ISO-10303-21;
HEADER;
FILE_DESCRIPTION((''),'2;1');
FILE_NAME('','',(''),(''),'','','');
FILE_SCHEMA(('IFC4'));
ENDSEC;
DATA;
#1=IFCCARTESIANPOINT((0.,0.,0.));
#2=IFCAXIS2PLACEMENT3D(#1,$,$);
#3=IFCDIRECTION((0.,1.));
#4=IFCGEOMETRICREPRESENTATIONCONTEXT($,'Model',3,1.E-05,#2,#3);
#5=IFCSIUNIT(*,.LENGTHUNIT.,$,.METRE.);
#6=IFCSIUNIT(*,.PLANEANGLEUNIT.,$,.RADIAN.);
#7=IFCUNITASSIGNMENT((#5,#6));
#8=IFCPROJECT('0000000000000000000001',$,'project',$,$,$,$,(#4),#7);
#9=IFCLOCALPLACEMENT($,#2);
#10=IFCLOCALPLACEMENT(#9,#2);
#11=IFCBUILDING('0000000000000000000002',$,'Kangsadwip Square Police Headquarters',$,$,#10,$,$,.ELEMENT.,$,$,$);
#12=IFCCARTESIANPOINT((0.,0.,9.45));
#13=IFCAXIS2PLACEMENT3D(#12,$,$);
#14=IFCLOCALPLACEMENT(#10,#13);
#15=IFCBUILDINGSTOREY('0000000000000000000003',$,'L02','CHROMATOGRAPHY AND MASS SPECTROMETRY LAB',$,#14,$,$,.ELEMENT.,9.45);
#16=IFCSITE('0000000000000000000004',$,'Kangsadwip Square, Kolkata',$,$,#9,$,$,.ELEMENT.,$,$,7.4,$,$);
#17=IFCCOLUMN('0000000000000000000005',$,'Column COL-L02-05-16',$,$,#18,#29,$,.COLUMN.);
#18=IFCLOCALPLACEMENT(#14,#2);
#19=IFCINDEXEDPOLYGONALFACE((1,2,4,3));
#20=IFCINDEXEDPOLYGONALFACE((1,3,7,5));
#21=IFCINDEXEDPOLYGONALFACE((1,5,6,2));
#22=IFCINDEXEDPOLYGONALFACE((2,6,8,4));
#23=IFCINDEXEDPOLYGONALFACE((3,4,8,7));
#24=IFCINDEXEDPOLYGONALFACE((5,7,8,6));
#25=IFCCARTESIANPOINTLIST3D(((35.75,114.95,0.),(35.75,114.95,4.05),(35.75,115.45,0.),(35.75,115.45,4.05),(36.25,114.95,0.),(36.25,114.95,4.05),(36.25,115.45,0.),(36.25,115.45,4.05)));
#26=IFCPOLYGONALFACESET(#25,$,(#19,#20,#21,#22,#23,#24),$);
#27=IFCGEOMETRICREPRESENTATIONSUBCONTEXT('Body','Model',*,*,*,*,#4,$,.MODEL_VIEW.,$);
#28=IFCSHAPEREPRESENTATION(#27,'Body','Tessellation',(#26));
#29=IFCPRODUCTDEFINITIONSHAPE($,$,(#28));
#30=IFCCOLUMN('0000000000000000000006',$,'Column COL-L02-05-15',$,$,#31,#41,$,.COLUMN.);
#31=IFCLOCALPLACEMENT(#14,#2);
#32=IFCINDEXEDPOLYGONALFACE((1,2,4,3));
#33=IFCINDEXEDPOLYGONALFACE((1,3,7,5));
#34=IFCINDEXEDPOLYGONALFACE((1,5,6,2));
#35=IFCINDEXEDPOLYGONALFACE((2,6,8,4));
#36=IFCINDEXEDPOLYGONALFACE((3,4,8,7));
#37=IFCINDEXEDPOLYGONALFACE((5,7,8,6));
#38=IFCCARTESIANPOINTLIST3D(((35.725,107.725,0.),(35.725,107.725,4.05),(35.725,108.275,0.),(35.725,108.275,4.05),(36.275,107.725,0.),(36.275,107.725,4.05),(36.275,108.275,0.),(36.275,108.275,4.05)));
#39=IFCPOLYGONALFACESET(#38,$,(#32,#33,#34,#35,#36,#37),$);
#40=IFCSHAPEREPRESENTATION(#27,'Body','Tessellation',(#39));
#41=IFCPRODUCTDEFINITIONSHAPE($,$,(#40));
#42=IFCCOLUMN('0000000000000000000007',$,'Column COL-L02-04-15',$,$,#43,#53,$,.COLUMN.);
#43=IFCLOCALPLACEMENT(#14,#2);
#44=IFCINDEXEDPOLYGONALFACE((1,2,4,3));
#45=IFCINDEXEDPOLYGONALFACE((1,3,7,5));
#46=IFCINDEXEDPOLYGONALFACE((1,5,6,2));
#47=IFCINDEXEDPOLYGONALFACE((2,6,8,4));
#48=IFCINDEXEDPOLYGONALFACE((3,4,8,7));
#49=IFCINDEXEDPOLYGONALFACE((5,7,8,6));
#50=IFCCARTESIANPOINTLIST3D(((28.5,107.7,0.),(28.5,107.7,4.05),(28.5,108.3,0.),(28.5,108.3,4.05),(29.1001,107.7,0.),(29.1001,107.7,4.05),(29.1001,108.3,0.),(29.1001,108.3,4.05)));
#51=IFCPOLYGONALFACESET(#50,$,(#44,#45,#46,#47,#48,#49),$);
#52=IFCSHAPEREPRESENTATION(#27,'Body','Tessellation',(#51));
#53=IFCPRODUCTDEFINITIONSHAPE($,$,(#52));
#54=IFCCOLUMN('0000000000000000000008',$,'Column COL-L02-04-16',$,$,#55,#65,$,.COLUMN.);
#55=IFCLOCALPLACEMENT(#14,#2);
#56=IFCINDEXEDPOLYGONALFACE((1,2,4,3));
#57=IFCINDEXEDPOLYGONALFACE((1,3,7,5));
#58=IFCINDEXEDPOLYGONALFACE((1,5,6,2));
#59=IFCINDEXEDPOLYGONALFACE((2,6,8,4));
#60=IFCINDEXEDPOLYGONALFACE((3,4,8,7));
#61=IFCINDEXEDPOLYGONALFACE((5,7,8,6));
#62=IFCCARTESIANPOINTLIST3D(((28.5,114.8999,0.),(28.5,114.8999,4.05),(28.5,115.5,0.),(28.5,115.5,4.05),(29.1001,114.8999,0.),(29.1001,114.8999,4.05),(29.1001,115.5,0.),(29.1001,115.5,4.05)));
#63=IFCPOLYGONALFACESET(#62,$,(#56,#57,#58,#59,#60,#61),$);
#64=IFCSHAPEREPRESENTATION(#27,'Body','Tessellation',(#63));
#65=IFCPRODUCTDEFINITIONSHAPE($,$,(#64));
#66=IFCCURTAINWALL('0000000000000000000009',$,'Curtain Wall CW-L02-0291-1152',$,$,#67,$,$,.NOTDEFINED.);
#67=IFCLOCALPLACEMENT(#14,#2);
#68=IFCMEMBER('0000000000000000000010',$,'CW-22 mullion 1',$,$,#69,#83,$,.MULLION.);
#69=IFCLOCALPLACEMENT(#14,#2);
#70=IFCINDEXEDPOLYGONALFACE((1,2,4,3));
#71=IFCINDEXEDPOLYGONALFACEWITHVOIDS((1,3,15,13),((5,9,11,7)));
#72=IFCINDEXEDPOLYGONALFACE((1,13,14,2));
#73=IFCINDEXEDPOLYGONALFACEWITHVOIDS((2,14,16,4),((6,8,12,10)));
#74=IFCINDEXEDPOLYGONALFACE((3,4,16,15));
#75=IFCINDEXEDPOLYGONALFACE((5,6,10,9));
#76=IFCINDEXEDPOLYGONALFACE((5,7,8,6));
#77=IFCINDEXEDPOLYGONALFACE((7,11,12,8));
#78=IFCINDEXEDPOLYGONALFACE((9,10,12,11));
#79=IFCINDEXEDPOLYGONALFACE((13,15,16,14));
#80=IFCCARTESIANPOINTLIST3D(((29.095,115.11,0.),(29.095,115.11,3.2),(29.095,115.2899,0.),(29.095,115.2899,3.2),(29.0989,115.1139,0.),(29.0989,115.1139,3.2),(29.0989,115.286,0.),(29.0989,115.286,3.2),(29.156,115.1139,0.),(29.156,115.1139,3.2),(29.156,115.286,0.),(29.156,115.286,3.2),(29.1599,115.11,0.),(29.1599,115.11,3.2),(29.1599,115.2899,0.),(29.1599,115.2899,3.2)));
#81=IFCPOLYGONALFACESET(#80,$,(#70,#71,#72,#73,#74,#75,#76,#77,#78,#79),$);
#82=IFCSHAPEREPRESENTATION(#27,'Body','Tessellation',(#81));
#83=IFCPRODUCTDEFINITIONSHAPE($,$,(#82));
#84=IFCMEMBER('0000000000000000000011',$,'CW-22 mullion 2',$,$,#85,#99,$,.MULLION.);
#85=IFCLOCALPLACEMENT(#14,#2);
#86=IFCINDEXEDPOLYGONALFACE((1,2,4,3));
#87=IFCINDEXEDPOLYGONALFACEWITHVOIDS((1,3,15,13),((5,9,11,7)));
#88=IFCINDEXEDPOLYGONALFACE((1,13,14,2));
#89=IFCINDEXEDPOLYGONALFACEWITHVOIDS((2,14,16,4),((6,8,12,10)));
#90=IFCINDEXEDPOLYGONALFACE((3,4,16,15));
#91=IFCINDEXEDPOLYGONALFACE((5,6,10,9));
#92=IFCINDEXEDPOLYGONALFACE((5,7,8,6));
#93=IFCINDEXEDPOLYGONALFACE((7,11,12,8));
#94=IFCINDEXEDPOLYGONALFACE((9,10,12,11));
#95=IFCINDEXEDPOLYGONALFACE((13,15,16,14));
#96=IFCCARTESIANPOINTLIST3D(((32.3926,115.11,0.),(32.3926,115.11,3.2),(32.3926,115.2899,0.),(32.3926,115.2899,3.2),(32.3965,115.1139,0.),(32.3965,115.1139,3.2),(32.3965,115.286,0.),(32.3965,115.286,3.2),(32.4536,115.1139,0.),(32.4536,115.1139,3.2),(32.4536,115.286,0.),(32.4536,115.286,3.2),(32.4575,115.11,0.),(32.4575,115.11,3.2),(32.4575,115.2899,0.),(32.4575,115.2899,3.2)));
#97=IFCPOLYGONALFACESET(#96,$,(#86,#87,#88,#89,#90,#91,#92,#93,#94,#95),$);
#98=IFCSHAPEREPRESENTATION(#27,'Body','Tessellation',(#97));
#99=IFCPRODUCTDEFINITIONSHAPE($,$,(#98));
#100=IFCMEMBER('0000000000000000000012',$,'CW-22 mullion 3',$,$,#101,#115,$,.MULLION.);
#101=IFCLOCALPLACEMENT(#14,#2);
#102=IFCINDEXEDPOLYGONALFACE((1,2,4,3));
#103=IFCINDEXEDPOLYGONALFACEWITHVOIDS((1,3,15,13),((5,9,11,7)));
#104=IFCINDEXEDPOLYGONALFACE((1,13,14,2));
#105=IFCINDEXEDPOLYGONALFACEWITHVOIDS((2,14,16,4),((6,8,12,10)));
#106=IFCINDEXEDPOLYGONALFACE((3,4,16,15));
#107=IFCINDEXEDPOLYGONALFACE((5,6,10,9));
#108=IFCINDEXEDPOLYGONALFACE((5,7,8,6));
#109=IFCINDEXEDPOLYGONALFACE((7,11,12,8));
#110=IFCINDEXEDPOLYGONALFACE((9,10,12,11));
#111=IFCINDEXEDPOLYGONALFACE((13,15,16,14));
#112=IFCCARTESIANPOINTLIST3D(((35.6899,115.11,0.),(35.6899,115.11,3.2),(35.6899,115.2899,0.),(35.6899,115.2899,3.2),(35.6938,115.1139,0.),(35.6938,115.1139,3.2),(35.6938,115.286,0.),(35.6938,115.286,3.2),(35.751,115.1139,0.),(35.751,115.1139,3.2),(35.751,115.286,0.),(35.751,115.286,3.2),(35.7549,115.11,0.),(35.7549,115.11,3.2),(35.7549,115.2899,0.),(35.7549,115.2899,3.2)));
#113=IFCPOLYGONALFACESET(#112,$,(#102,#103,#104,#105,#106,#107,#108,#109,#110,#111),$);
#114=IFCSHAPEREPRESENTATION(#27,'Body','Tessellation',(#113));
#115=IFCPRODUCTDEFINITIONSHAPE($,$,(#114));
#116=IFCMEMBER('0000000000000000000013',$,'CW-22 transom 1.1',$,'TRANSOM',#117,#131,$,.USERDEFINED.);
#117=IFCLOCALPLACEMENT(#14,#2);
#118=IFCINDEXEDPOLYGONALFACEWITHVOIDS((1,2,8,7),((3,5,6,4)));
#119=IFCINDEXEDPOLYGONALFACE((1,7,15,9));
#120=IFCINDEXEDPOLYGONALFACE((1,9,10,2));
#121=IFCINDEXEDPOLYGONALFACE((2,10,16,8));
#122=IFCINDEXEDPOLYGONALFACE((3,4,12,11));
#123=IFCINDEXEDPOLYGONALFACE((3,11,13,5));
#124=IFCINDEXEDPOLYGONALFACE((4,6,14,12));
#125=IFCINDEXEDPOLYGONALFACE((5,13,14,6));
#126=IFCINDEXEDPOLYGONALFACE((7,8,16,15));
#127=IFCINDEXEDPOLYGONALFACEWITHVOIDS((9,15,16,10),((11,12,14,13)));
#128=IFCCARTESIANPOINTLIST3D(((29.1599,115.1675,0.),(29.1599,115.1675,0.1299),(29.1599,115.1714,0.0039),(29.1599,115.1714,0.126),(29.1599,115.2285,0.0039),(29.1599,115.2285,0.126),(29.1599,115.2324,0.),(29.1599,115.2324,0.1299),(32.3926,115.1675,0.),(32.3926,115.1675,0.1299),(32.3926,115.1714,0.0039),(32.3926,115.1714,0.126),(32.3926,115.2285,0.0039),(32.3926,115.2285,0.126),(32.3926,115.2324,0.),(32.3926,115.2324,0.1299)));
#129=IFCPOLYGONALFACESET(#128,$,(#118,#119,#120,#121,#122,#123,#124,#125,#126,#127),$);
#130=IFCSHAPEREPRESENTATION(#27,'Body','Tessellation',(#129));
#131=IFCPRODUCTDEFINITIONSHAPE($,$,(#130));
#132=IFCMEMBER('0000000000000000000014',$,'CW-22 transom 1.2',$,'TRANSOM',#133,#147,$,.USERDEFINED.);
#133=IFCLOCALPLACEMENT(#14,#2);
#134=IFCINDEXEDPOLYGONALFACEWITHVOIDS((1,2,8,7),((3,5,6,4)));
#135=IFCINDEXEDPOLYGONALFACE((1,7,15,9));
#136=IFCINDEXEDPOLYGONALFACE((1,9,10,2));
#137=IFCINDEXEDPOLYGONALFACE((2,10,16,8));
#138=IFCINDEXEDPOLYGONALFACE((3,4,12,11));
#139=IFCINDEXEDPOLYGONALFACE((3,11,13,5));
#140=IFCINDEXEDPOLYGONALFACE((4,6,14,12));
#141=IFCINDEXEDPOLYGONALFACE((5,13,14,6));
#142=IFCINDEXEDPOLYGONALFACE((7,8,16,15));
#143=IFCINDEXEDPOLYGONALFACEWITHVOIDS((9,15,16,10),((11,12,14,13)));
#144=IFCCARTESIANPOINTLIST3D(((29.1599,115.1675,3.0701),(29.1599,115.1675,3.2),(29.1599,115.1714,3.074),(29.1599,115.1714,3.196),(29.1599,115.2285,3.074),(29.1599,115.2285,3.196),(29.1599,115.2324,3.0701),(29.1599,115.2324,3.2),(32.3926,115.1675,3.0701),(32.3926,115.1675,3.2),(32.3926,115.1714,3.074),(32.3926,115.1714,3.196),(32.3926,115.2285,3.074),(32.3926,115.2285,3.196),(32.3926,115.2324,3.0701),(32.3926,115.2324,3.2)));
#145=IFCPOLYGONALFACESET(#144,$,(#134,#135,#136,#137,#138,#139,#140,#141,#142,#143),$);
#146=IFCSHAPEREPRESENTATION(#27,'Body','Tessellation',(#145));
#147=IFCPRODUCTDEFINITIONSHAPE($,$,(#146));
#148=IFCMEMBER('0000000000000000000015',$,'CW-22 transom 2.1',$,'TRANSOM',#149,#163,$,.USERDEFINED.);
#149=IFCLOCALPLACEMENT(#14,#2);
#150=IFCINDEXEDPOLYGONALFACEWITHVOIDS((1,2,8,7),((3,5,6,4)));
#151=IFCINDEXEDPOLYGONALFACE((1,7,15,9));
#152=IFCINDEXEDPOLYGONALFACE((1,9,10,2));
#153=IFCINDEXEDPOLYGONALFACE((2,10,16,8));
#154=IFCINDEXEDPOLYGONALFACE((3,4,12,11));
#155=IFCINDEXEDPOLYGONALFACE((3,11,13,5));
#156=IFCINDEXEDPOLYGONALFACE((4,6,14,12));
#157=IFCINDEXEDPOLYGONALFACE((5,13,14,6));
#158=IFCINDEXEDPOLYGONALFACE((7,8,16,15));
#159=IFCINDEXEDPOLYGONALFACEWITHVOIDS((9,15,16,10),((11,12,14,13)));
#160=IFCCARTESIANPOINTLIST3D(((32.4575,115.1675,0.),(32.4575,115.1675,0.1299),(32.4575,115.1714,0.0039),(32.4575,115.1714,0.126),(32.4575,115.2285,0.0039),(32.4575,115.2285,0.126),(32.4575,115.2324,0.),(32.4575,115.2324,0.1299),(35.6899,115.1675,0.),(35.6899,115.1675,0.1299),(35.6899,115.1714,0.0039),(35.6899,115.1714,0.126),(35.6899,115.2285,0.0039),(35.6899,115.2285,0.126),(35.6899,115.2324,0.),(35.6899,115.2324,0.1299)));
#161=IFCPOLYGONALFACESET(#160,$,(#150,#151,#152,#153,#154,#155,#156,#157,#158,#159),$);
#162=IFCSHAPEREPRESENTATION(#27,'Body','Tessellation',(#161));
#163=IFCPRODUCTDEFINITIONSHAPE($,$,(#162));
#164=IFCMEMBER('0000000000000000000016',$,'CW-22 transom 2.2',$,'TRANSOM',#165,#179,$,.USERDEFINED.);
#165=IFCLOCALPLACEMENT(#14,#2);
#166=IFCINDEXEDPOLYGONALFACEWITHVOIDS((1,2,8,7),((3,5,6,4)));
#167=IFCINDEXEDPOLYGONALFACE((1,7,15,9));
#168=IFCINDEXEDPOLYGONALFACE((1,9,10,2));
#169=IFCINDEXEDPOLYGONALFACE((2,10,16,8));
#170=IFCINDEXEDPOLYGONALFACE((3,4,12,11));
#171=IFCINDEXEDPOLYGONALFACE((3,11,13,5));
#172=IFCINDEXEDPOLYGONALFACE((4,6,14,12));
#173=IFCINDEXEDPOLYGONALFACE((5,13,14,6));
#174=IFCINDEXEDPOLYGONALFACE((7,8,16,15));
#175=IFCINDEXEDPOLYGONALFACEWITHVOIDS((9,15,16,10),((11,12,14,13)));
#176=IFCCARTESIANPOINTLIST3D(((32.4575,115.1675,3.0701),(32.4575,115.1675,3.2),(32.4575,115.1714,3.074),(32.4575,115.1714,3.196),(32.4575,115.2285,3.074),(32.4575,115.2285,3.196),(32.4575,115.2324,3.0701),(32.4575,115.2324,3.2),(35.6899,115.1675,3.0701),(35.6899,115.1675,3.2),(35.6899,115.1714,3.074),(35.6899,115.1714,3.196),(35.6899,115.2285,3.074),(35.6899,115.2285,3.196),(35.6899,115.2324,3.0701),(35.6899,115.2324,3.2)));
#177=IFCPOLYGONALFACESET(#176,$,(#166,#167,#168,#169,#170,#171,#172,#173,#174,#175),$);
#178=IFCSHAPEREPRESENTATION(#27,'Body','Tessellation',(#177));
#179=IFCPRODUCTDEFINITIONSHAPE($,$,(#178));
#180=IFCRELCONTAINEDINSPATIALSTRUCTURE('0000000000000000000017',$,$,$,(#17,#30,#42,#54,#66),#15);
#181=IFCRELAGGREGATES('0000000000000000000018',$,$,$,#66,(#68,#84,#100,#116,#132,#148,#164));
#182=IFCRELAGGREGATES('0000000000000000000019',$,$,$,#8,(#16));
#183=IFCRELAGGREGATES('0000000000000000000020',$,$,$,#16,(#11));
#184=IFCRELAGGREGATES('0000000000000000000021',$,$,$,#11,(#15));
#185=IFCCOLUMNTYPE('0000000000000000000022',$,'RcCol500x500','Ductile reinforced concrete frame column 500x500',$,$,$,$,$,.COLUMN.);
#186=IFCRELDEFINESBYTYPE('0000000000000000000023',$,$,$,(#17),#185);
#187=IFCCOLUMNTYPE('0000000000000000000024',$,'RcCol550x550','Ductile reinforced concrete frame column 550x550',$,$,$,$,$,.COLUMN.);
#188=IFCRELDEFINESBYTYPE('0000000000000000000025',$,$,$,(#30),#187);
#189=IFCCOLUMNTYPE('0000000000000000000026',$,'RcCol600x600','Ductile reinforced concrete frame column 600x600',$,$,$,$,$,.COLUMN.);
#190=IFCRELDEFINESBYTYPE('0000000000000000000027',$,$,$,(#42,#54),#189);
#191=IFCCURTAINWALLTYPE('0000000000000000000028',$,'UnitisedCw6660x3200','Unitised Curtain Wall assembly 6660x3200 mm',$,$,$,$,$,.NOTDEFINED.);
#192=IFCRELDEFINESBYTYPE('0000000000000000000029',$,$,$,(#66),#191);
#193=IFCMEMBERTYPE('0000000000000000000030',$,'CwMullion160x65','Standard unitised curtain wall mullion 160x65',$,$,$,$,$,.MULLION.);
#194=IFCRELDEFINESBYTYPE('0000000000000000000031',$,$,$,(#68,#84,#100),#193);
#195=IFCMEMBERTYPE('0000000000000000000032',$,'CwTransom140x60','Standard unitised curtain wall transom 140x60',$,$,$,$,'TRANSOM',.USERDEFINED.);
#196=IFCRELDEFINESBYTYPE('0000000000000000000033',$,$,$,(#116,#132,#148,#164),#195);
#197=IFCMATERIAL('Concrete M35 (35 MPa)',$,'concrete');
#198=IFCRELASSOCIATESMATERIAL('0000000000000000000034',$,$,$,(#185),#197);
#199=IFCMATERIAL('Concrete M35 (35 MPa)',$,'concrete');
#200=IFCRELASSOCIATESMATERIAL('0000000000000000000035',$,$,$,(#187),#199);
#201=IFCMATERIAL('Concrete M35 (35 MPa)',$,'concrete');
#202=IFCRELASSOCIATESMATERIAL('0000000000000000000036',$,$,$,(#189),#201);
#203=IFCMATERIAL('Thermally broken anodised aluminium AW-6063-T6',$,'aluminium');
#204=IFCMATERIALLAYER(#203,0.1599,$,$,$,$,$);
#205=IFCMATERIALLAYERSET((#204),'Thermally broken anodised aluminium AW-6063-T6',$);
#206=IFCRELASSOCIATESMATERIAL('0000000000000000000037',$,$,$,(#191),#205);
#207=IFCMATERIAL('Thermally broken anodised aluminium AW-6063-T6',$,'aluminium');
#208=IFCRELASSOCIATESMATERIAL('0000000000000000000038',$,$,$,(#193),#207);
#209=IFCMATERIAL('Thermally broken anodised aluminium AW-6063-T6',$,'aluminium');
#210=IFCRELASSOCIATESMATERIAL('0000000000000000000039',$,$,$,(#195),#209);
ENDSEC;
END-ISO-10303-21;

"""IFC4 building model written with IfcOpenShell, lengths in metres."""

from ifc_helpers import new_model, si_unit, direction, frame, origin, origin_2d, place, context, subcontext, project, spatial, rectangle, hollow_rectangle, extrude, material, layer, layer_set, material_profile, profile_set, type_object, element, aggregate, save


model = new_model("IFC4")

# Units and contexts
model_context = context("Model", 3, precision=1e-05, world=origin(), true_north=direction((0.0, 1.0)))
body_context = subcontext(model_context, "Body", "Model", "MODEL_VIEW")
ifc_project = project(units=[si_unit("LENGTHUNIT", "METRE"), si_unit("PLANEANGLEUNIT", "RADIAN")], contexts=[model_context])

# Site, building, storey
site_placement = place(None, origin())
site = spatial("IfcSite", under=ifc_project, at=site_placement, Name="Kangsadwip Square, Kolkata", CompositionType="ELEMENT", RefElevation=7.4)
building_placement = place(site_placement, origin())
building = spatial("IfcBuilding", under=site, at=building_placement, Name="Kangsadwip Square Police Headquarters", CompositionType="ELEMENT")
storey_placement = place(building_placement, frame((0.0, 0.0, 9.45)))
storey = spatial("IfcBuildingStorey", under=building, at=storey_placement, Name="L02", Description="CHROMATOGRAPHY AND MASS SPECTROMETRY LAB", CompositionType="ELEMENT", Elevation=9.45)

# Columns
ifc_material_1 = material(Name="Concrete M35 (35 MPa)", Category="concrete")
ifc_material_profile_1 = material_profile(ifc_material_1, rectangle(XDim=0.5, YDim=0.5, at=origin_2d()), Name="RC COL 500X500")
ifc_profile_set_1 = profile_set([ifc_material_profile_1], Name="Concrete M35 (35 MPa)")
column_type_1 = type_object("IfcColumnType", Name="RcCol500x500", Description="Ductile reinforced concrete frame column 500x500", PredefinedType="COLUMN", material=ifc_profile_set_1)
column_1_placement = place(storey_placement, frame((36.0, 115.2, 0.0), z_axis=(0.0, 0.0, 1.0), x_axis=(1.0, 0.0, 0.0)))
element("IfcColumn", 1, at=column_1_placement, inside=storey, type_object=column_type_1, Name="Column COL-L02-05-16", PredefinedType="COLUMN", context=body_context, shape_type="SweptSolid", body=[
    extrude(rectangle(XDim=0.5, YDim=0.5, at=origin_2d()), origin(), (0.0, 0.0, 1.0), 4.05),
])
ifc_material_2 = material(Name="Concrete M35 (35 MPa)", Category="concrete")
ifc_material_profile_2 = material_profile(ifc_material_2, rectangle(XDim=0.55, YDim=0.55, at=origin_2d()), Name="RC COL 550X550")
ifc_profile_set_2 = profile_set([ifc_material_profile_2], Name="Concrete M35 (35 MPa)")
column_type_2 = type_object("IfcColumnType", Name="RcCol550x550", Description="Ductile reinforced concrete frame column 550x550", PredefinedType="COLUMN", material=ifc_profile_set_2)
column_2_placement = place(storey_placement, frame((36.0, 108.0, 0.0), z_axis=(0.0, 0.0, 1.0), x_axis=(1.0, 0.0, 0.0)))
element("IfcColumn", 2, at=column_2_placement, inside=storey, type_object=column_type_2, Name="Column COL-L02-05-15", PredefinedType="COLUMN", context=body_context, shape_type="SweptSolid", body=[
    extrude(rectangle(XDim=0.55, YDim=0.55, at=origin_2d()), origin(), (0.0, 0.0, 1.0), 4.05),
])
ifc_material_3 = material(Name="Concrete M35 (35 MPa)", Category="concrete")
ifc_material_profile_3 = material_profile(ifc_material_3, rectangle(XDim=0.6001, YDim=0.6001, at=origin_2d()), Name="RC COL 600X600")
ifc_profile_set_3 = profile_set([ifc_material_profile_3], Name="Concrete M35 (35 MPa)")
column_type_3 = type_object("IfcColumnType", Name="RcCol600x600", Description="Ductile reinforced concrete frame column 600x600", PredefinedType="COLUMN", material=ifc_profile_set_3)
for number, where, z_axis, x_axis, name in (
    (3, (28.8, 108.0, 0.0), (0.0, 0.0, 1.0), (1.0, 0.0, 0.0), "Column COL-L02-04-15"),
    (4, (28.8, 115.2, 0.0), (0.0, 0.0, 1.0), (1.0, 0.0, 0.0), "Column COL-L02-04-16"),
):
    element("IfcColumn", number, at=place(storey_placement, frame(where, z_axis=z_axis, x_axis=x_axis)), inside=storey, type_object=column_type_3, Name=name, PredefinedType="COLUMN", context=body_context, shape_type="SweptSolid", body=[
        extrude(rectangle(XDim=0.6001, YDim=0.6001, at=origin_2d()), origin(), (0.0, 0.0, 1.0), 4.05),
    ])

# Curtain wall, members
ifc_material_4 = material(Name="Thermally broken anodised aluminium AW-6063-T6", Category="aluminium")
ifc_layer_1 = layer(ifc_material_4, 0.1599)
ifc_layer_set_1 = layer_set([ifc_layer_1], Name="Thermally broken anodised aluminium AW-6063-T6")
curtain_wall_type = type_object("IfcCurtainWallType", Name="UnitisedCw6660x3200", Description="Unitised Curtain Wall assembly 6660x3200 mm", PredefinedType="NOTDEFINED", material=ifc_layer_set_1)
curtain_wall_placement = place(storey_placement, origin())
curtain_wall = element("IfcCurtainWall", 5, at=curtain_wall_placement, inside=storey, type_object=curtain_wall_type, Name="Curtain Wall CW-L02-0291-1152", PredefinedType="NOTDEFINED")
ifc_material_5 = material(Name="Thermally broken anodised aluminium AW-6063-T6", Category="aluminium")
ifc_material_profile_4 = material_profile(ifc_material_5, hollow_rectangle(XDim=0.0649, YDim=0.1799, WallThickness=0.0039, at=origin_2d()), Name="CWM 180X65X4")
ifc_profile_set_4 = profile_set([ifc_material_profile_4], Name="Thermally broken anodised aluminium AW-6063-T6")
member_type_1 = type_object("IfcMemberType", Name="CwMullion160x65", Description="Standard unitised curtain wall mullion 160x65", PredefinedType="MULLION", material=ifc_profile_set_4)
member_1_placement = place(storey_placement, frame((29.1274, 115.2, 0.0), z_axis=(0.0, 0.0, 1.0), x_axis=(1.0, 0.0, 0.0)))
member_1 = element("IfcMember", 6, at=member_1_placement, type_object=member_type_1, Name="CW-22 mullion 1", PredefinedType="MULLION", context=body_context, shape_type="SweptSolid", body=[
    extrude(hollow_rectangle(XDim=0.0649, YDim=0.1799, WallThickness=0.0039, at=origin_2d()), origin(), (0.0, 0.0, 1.0), 3.2),
])
member_2_placement = place(storey_placement, frame((32.425, 115.2, 0.0), z_axis=(0.0, 0.0, 1.0), x_axis=(1.0, 0.0, 0.0)))
member_2 = element("IfcMember", 7, at=member_2_placement, type_object=member_type_1, Name="CW-22 mullion 2", PredefinedType="MULLION", context=body_context, shape_type="SweptSolid", body=[
    extrude(hollow_rectangle(XDim=0.0649, YDim=0.1799, WallThickness=0.0039, at=origin_2d()), origin(), (0.0, 0.0, 1.0), 3.2),
])
member_3_placement = place(storey_placement, frame((35.7224, 115.2, 0.0), z_axis=(0.0, 0.0, 1.0), x_axis=(1.0, 0.0, 0.0)))
member_3 = element("IfcMember", 8, at=member_3_placement, type_object=member_type_1, Name="CW-22 mullion 3", PredefinedType="MULLION", context=body_context, shape_type="SweptSolid", body=[
    extrude(hollow_rectangle(XDim=0.0649, YDim=0.1799, WallThickness=0.0039, at=origin_2d()), origin(), (0.0, 0.0, 1.0), 3.2),
])
ifc_material_6 = material(Name="Thermally broken anodised aluminium AW-6063-T6", Category="aluminium")
ifc_material_profile_5 = material_profile(ifc_material_6, hollow_rectangle(XDim=0.0649, YDim=0.1299, WallThickness=0.0039, at=origin_2d()), Name="CWT 130X65X4")
ifc_profile_set_5 = profile_set([ifc_material_profile_5], Name="Thermally broken anodised aluminium AW-6063-T6")
member_type_2 = type_object("IfcMemberType", Name="CwTransom140x60", Description="Standard unitised curtain wall transom 140x60", ElementType="TRANSOM", PredefinedType="USERDEFINED", material=ifc_profile_set_5)
member_4_placement = place(storey_placement, frame((29.1599, 115.2, 0.0649), z_axis=(1.0, 0.0, 0.0), x_axis=(0.0, 1.0, 0.0)))
member_4 = element("IfcMember", 9, at=member_4_placement, type_object=member_type_2, Name="CW-22 transom 1.1", ObjectType="TRANSOM", PredefinedType="USERDEFINED", context=body_context, shape_type="SweptSolid", body=[
    extrude(hollow_rectangle(XDim=0.0649, YDim=0.1299, WallThickness=0.0039, at=origin_2d()), origin(), (0.0, 0.0, 1.0), 3.2327),
])
member_5_placement = place(storey_placement, frame((29.1599, 115.2, 3.135), z_axis=(1.0, 0.0, 0.0), x_axis=(0.0, 1.0, 0.0)))
member_5 = element("IfcMember", 10, at=member_5_placement, type_object=member_type_2, Name="CW-22 transom 1.2", ObjectType="TRANSOM", PredefinedType="USERDEFINED", context=body_context, shape_type="SweptSolid", body=[
    extrude(hollow_rectangle(XDim=0.0649, YDim=0.1299, WallThickness=0.0039, at=origin_2d()), origin(), (0.0, 0.0, 1.0), 3.2327),
])
member_6_placement = place(storey_placement, frame((32.4575, 115.2, 0.0649), z_axis=(1.0, 0.0, 0.0), x_axis=(0.0, 1.0, 0.0)))
member_6 = element("IfcMember", 11, at=member_6_placement, type_object=member_type_2, Name="CW-22 transom 2.1", ObjectType="TRANSOM", PredefinedType="USERDEFINED", context=body_context, shape_type="SweptSolid", body=[
    extrude(hollow_rectangle(XDim=0.0649, YDim=0.1299, WallThickness=0.0039, at=origin_2d()), origin(), (0.0, 0.0, 1.0), 3.2324),
])
member_7_placement = place(storey_placement, frame((32.4575, 115.2, 3.135), z_axis=(1.0, 0.0, 0.0), x_axis=(0.0, 1.0, 0.0)))
member_7 = element("IfcMember", 12, at=member_7_placement, type_object=member_type_2, Name="CW-22 transom 2.2", ObjectType="TRANSOM", PredefinedType="USERDEFINED", context=body_context, shape_type="SweptSolid", body=[
    extrude(hollow_rectangle(XDim=0.0649, YDim=0.1299, WallThickness=0.0039, at=origin_2d()), origin(), (0.0, 0.0, 1.0), 3.2324),
])

aggregate(curtain_wall, [member_1, member_2, member_3, member_4, member_5, member_6, member_7])

save(model, "model.ifc")
